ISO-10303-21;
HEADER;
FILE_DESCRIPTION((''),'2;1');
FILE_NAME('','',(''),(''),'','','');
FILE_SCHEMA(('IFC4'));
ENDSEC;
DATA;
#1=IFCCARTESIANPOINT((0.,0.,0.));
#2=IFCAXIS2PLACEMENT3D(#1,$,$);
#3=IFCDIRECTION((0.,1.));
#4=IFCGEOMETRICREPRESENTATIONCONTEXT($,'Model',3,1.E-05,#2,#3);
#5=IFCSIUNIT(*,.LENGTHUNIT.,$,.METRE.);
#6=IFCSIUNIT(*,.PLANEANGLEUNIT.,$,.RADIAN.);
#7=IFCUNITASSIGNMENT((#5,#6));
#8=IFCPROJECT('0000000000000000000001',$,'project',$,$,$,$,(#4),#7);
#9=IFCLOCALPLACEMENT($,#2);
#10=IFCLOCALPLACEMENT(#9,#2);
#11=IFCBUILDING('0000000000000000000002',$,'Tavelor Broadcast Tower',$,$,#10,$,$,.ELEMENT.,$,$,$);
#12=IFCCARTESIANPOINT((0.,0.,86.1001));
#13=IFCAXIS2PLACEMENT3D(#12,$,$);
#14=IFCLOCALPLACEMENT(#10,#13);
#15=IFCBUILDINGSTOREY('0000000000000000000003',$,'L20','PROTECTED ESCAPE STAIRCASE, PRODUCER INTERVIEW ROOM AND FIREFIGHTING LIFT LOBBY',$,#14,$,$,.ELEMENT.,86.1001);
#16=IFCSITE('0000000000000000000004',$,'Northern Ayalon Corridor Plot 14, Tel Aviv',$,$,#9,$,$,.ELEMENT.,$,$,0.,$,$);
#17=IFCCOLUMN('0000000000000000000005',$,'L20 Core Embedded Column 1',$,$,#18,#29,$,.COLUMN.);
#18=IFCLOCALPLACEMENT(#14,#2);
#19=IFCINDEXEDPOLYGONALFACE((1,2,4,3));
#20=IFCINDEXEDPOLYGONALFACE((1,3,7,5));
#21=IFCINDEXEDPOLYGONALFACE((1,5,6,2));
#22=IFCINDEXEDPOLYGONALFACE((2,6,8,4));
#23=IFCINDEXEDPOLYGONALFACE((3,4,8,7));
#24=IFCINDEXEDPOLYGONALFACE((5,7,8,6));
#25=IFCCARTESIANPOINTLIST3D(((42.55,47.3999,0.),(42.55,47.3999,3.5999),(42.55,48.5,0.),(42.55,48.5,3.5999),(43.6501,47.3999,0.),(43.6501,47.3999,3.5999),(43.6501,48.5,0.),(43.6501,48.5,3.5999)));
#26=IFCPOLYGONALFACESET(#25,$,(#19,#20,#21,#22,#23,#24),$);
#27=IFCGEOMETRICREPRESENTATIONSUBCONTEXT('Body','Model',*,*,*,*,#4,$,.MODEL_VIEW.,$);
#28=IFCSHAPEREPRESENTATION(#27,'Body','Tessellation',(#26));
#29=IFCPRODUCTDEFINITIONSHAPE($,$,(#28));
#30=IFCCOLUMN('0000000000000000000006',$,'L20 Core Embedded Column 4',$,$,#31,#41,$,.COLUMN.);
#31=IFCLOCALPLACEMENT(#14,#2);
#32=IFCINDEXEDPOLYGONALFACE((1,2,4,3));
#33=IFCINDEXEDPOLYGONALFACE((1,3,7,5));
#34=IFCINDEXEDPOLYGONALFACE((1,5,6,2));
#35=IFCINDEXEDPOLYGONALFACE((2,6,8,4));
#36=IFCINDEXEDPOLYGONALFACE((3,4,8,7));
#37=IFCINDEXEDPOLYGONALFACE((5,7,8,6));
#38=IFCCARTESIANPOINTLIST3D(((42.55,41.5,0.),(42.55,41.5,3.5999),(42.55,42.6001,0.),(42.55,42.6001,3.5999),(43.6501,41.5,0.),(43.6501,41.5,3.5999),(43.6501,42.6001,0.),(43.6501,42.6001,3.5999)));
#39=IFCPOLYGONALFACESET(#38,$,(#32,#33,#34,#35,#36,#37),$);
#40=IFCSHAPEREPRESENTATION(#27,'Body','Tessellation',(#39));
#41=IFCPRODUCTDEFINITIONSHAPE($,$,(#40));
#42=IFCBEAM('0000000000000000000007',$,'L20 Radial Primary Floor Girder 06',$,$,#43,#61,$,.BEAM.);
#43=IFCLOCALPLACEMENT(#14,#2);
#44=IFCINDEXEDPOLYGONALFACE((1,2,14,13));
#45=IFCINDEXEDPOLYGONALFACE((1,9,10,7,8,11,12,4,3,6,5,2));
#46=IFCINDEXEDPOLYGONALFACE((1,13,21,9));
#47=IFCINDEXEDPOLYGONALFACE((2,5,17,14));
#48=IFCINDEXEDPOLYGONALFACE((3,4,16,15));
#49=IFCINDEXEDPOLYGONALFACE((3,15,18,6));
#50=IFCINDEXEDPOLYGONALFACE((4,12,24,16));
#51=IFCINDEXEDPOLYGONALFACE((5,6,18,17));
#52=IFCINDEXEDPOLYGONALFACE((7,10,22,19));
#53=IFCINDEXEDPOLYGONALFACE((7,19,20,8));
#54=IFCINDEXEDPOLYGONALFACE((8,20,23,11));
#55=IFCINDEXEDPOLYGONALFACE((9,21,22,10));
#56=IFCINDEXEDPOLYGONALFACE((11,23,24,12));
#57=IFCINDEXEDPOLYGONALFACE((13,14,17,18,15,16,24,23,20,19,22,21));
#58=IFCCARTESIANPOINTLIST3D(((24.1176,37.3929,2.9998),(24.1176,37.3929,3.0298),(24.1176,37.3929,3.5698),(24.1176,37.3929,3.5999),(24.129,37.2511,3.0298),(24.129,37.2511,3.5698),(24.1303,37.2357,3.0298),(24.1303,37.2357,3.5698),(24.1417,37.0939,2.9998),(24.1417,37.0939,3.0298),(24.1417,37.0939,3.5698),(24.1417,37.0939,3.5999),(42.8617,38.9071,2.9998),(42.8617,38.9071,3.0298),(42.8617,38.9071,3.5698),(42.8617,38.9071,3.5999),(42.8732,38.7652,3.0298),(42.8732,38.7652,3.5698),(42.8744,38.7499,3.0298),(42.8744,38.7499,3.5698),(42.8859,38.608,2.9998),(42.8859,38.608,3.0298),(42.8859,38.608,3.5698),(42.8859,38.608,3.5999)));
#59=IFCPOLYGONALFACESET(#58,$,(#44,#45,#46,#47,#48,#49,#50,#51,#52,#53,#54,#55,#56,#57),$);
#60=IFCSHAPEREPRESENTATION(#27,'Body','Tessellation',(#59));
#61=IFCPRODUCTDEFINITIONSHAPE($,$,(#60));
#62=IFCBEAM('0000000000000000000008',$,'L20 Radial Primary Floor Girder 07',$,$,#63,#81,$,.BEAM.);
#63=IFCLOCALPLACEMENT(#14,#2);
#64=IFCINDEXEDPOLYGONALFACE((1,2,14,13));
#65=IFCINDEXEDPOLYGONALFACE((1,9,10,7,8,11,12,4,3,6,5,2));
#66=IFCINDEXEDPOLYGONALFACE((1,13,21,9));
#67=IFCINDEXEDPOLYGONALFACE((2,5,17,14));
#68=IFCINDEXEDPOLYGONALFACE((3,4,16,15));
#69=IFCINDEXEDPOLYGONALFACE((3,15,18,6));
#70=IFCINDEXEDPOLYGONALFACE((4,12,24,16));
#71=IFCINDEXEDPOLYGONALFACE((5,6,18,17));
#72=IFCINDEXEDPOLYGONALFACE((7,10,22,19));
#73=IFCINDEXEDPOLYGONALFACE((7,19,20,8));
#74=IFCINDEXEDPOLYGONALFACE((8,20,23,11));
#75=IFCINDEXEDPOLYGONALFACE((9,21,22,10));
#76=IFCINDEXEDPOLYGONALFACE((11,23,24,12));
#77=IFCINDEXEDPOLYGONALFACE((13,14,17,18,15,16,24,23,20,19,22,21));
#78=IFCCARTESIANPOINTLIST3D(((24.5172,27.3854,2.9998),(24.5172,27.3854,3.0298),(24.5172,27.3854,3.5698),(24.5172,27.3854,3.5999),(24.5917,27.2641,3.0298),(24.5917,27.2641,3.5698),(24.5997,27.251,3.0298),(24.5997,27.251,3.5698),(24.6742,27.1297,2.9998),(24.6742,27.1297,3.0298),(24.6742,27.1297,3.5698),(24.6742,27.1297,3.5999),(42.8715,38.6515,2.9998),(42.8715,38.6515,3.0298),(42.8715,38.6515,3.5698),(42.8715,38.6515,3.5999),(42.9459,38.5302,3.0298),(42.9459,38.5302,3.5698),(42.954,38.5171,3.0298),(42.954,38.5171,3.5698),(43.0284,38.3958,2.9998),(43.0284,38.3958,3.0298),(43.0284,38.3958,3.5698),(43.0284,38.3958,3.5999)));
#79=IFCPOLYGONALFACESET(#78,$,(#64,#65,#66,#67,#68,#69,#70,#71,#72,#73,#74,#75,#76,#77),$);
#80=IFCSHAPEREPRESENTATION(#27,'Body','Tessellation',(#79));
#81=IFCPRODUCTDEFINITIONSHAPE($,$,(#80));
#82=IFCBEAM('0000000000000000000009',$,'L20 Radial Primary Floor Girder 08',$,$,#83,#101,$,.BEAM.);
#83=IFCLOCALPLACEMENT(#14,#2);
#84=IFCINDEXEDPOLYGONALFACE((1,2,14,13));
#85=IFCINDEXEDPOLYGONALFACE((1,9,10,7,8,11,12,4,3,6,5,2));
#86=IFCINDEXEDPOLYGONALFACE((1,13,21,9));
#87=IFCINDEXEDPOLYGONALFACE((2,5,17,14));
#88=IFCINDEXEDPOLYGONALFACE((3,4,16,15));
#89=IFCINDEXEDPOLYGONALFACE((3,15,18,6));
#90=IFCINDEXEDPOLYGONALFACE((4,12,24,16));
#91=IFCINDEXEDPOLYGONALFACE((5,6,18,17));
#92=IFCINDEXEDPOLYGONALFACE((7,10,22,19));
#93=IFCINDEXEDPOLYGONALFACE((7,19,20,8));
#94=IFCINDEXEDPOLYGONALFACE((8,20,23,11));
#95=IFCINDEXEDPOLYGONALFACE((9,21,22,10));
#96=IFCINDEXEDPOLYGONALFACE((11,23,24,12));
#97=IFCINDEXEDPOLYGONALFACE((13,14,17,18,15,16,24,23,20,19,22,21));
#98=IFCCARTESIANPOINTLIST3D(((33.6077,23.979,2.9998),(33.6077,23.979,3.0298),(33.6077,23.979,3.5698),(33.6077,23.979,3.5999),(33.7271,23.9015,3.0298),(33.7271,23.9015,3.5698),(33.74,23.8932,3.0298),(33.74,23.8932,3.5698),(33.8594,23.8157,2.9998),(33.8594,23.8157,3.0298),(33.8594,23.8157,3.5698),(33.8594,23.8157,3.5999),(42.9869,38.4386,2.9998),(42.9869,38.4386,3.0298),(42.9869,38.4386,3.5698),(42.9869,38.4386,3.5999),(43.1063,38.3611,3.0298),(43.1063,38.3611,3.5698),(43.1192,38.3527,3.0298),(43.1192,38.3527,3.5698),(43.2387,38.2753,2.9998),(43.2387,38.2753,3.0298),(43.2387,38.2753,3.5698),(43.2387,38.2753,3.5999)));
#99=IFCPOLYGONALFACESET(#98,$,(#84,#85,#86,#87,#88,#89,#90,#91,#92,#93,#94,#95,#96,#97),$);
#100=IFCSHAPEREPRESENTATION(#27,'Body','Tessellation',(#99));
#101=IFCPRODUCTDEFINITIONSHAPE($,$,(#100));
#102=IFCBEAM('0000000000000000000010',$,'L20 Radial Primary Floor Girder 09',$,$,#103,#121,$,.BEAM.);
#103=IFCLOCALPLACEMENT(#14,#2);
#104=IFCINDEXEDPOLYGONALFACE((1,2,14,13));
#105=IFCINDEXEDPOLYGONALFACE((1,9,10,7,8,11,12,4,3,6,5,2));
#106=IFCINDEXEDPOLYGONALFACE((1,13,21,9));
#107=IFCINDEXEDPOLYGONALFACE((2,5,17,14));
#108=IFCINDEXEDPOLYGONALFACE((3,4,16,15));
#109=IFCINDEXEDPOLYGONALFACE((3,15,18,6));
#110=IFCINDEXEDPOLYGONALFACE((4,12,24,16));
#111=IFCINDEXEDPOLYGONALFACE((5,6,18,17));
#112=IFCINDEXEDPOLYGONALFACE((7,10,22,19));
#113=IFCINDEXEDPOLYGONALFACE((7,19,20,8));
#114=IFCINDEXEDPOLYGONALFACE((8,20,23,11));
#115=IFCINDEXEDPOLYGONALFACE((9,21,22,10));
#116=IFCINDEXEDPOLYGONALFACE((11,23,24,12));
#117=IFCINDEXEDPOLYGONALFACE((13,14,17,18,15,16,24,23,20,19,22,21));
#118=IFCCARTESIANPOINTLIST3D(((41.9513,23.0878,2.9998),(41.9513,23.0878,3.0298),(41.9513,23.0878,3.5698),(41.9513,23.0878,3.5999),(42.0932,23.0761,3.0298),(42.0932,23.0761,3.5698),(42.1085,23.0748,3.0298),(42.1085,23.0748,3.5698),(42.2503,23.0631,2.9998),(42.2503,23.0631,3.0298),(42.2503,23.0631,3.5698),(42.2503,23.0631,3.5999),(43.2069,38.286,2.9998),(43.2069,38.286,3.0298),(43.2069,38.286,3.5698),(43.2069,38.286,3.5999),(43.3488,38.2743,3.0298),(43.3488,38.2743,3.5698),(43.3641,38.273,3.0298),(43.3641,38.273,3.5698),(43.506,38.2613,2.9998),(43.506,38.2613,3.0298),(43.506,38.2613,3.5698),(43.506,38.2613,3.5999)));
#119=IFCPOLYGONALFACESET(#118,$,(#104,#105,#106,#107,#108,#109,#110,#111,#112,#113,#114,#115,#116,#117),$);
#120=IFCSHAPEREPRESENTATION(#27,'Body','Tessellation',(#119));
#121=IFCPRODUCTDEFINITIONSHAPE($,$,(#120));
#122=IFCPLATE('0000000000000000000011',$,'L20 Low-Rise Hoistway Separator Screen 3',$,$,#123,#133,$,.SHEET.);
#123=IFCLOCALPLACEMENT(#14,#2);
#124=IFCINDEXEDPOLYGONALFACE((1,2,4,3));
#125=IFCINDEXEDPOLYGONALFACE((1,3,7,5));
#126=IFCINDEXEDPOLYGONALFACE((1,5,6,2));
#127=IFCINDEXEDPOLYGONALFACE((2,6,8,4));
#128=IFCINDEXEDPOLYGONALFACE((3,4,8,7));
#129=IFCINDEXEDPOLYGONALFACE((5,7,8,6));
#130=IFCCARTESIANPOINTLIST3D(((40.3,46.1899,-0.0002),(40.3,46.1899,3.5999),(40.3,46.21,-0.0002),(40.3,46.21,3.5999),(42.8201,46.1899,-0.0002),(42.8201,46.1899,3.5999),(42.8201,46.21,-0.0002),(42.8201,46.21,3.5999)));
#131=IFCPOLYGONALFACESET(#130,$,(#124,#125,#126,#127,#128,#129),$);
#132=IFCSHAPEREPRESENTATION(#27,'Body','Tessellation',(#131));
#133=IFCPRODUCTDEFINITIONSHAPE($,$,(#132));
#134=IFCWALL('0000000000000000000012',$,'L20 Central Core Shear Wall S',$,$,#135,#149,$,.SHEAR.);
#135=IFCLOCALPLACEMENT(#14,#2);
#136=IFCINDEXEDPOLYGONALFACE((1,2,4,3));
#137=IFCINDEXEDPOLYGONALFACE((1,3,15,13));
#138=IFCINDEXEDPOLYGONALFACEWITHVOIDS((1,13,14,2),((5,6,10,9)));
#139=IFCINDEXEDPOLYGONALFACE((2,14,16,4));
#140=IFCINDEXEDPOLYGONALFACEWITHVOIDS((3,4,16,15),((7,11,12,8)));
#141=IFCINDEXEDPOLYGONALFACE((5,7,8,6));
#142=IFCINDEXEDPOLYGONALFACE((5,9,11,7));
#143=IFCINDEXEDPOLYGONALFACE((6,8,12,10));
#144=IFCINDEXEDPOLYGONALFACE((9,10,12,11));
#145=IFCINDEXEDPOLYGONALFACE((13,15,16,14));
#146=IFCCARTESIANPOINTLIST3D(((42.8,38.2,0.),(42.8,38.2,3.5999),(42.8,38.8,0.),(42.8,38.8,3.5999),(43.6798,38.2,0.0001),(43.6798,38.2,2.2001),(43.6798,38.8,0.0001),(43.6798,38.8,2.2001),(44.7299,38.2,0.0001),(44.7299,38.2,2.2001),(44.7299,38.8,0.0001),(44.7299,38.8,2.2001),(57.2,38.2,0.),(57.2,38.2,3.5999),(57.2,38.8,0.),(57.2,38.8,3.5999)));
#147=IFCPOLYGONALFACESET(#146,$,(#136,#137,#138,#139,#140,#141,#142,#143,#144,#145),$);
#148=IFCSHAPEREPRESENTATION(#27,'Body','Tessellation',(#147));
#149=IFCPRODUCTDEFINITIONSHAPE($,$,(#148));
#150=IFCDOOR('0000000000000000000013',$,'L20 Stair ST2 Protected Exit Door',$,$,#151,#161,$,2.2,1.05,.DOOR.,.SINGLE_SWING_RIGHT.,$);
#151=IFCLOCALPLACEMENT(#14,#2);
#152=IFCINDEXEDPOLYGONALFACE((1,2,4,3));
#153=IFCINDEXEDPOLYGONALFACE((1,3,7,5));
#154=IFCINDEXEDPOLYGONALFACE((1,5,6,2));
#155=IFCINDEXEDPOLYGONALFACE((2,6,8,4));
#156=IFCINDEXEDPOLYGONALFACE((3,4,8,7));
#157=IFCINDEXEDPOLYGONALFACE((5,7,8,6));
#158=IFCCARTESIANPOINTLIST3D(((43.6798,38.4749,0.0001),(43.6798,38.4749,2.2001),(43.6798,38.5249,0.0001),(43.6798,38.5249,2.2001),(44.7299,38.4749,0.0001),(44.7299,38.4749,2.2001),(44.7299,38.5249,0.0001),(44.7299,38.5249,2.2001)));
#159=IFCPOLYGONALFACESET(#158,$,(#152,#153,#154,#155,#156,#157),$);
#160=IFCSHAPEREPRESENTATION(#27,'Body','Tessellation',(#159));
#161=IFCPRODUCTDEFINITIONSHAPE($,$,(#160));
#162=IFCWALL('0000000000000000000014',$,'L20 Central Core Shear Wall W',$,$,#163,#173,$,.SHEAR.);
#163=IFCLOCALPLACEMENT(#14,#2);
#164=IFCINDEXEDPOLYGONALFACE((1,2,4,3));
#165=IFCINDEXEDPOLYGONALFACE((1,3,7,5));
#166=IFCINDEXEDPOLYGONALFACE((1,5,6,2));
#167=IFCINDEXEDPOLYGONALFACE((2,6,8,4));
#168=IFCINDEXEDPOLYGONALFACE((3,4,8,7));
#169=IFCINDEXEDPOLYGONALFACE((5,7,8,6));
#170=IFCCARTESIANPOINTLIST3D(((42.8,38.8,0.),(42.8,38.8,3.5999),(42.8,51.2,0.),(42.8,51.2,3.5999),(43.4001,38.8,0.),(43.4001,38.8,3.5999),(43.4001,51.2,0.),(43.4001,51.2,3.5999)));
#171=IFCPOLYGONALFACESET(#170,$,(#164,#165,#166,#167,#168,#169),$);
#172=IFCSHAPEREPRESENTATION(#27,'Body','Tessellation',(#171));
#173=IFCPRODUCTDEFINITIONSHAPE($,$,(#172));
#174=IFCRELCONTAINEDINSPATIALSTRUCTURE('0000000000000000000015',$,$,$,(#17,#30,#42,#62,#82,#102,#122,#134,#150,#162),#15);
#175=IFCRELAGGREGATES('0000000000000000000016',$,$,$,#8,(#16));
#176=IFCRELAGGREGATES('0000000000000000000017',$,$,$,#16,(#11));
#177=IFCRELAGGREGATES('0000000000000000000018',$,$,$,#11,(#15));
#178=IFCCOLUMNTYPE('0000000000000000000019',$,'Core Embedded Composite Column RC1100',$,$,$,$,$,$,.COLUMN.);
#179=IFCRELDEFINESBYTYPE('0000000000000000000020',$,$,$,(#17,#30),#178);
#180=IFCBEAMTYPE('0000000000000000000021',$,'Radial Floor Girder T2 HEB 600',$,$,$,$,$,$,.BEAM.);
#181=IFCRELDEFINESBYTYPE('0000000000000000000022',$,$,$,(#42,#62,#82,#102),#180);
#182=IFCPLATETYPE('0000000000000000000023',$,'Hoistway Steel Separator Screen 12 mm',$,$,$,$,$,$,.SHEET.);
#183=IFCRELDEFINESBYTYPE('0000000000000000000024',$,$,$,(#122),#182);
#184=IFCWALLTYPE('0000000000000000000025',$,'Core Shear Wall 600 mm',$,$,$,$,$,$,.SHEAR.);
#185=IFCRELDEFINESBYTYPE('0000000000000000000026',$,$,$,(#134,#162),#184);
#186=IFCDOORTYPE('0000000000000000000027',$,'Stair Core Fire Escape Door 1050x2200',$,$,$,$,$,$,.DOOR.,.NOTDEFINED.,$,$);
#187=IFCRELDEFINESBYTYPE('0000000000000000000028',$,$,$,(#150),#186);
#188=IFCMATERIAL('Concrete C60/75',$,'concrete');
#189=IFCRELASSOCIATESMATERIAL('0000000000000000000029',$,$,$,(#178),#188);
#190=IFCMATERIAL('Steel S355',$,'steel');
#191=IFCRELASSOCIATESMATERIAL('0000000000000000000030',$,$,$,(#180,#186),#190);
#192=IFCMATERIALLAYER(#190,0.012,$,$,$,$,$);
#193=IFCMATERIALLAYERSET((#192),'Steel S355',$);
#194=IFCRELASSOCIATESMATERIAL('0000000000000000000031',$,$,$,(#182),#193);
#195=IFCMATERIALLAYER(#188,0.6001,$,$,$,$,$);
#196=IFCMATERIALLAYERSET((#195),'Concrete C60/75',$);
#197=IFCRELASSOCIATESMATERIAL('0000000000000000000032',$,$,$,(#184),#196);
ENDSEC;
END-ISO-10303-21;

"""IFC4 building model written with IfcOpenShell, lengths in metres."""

from ifc_helpers import new_model, si_unit, direction, frame, frame_2d, origin, origin_2d, place, context, subcontext, project, spatial, rectangle, i_section, extrude, source, transform, mapped, material, layer, layer_set, material_profile, profile_set, type_object, type_shapes, element, fill, save


model = new_model("IFC4")

# Units and contexts
model_context = context("Model", 3, precision=1e-05, world=origin(), true_north=direction((0.0, 1.0)))
body_context = subcontext(model_context, "Body", "Model", "MODEL_VIEW")
ifc_project = project(units=[si_unit("LENGTHUNIT", "METRE"), si_unit("PLANEANGLEUNIT", "RADIAN")], contexts=[model_context])

# Site, building, storey
site_placement = place(None, origin())
site = spatial("IfcSite", under=ifc_project, at=site_placement, Name="Northern Ayalon Corridor Plot 14, Tel Aviv", CompositionType="ELEMENT", RefElevation=0.0)
building_placement = place(site_placement, origin())
building = spatial("IfcBuilding", under=site, at=building_placement, Name="Tavelor Broadcast Tower", CompositionType="ELEMENT")
storey_placement = place(building_placement, frame((0.0, 0.0, 86.1001)))
storey = spatial("IfcBuildingStorey", under=building, at=storey_placement, Name="L20", Description="PROTECTED ESCAPE STAIRCASE, PRODUCER INTERVIEW ROOM AND FIREFIGHTING LIFT LOBBY", CompositionType="ELEMENT", Elevation=86.1001)

# Columns
ifc_material_1 = material(Name="Concrete C60/75", Category="concrete")
ifc_material_profile_1 = material_profile(ifc_material_1, rectangle(XDim=1.1001, YDim=1.1001, at=origin_2d()), Name="RC 1100x1100")
ifc_profile_set_1 = profile_set([ifc_material_profile_1], Name="Concrete C60/75")
column_type = type_object("IfcColumnType", Name="Core Embedded Composite Column RC1100", PredefinedType="COLUMN", material=ifc_profile_set_1)
for number, where, z_axis, x_axis, name in (
    (1, (43.1001, 47.95, 0.0), (0.0, 0.0, 1.0), (1.0, 0.0, 0.0), "L20 Core Embedded Column 1"),
    (2, (43.1001, 42.05, 0.0), (0.0, 0.0, 1.0), (1.0, 0.0, 0.0), "L20 Core Embedded Column 4"),
):
    element("IfcColumn", number, at=place(storey_placement, frame(where, z_axis=z_axis, x_axis=x_axis)), inside=storey, type_object=column_type, Name=name, PredefinedType="COLUMN", context=body_context, shape_type="SweptSolid", body=[
        extrude(rectangle(XDim=1.1001, YDim=1.1001, at=origin_2d()), origin(), (0.0, 0.0, 1.0), 3.5999),
    ])

# Beams
ifc_material_2 = material(Name="Steel S355", Category="steel")
ifc_material_profile_2 = material_profile(ifc_material_2, i_section(OverallWidth=0.3, OverallDepth=0.6001, WebThickness=0.0154, FlangeThickness=0.03, at=origin_2d()), Name="HEB 600")
ifc_profile_set_2 = profile_set([ifc_material_profile_2], Name="Steel S355")
beam_type = type_object("IfcBeamType", Name="Radial Floor Girder T2 HEB 600", PredefinedType="BEAM", material=ifc_profile_set_2)
beam_1_placement = place(storey_placement, frame((42.8738, 38.7576, 3.2998), z_axis=(-0.996753, -0.080518, 0.0), x_axis=(0.080518, -0.996753, 0.0)))
element("IfcBeam", 3, at=beam_1_placement, inside=storey, type_object=beam_type, Name="L20 Radial Primary Floor Girder 06", PredefinedType="BEAM", context=body_context, shape_type="SweptSolid", body=[
    extrude(i_section(OverallWidth=0.3, OverallDepth=0.6001, WebThickness=0.0154, FlangeThickness=0.03, at=origin_2d()), origin(), (0.0, 0.0, 1.0), 18.8052),
])
beam_2_placement = place(storey_placement, frame((42.95, 38.5237, 3.2998), z_axis=(-0.852255, -0.523127, 0.0), x_axis=(0.523127, -0.852255, 0.0)))
element("IfcBeam", 4, at=beam_2_placement, inside=storey, type_object=beam_type, Name="L20 Radial Primary Floor Girder 07", PredefinedType="BEAM", context=body_context, shape_type="SweptSolid", body=[
    extrude(i_section(OverallWidth=0.3, OverallDepth=0.6001, WebThickness=0.0154, FlangeThickness=0.03, at=origin_2d()), origin(), (0.0, 0.0, 1.0), 21.5361),
])
beam_3_placement = place(storey_placement, frame((43.1128, 38.3569, 3.2998), z_axis=(-0.544192, -0.83896, 0.0), x_axis=(0.83896, -0.544192, 0.0)))
element("IfcBeam", 5, at=beam_3_placement, inside=storey, type_object=beam_type, Name="L20 Radial Primary Floor Girder 08", PredefinedType="BEAM", context=body_context, shape_type="SweptSolid", body=[
    extrude(i_section(OverallWidth=0.3, OverallDepth=0.6001, WebThickness=0.0154, FlangeThickness=0.03, at=origin_2d()), origin(), (0.0, 0.0, 1.0), 17.2351),
])
beam_4_placement = place(storey_placement, frame((43.3564, 38.2737, 3.2998), z_axis=(-0.082335, -0.996605, 0.0), x_axis=(0.996605, -0.082335, 0.0)))
element("IfcBeam", 6, at=beam_4_placement, inside=storey, type_object=beam_type, Name="L20 Radial Primary Floor Girder 09", PredefinedType="BEAM", context=body_context, shape_type="SweptSolid", body=[
    extrude(i_section(OverallWidth=0.3, OverallDepth=0.6001, WebThickness=0.0154, FlangeThickness=0.03, at=origin_2d()), origin(), (0.0, 0.0, 1.0), 15.25),
])

# Plate
ifc_layer_1 = layer(ifc_material_2, 0.012)
ifc_layer_set_1 = layer_set([ifc_layer_1], Name="Steel S355")
plate_type = type_object("IfcPlateType", Name="Hoistway Steel Separator Screen 12 mm", PredefinedType="SHEET", material=ifc_layer_set_1)
shared_shape = source(origin(), body_context, "Body", "SweptSolid", [
    extrude(rectangle(XDim=2.52, YDim=0.02, at=origin_2d()), origin(), (0.0, 0.0, 1.0), 3.6001),
])
type_shapes(plate_type, [shared_shape])
plate_placement = place(storey_placement, frame((41.5601, 46.2, -0.0002), z_axis=(0.0, 0.0, 1.0), x_axis=(1.0, 0.0, 0.0)))
element("IfcPlate", 7, at=plate_placement, inside=storey, type_object=plate_type, Name="L20 Low-Rise Hoistway Separator Screen 3", PredefinedType="SHEET", context=body_context, shape_type="MappedRepresentation", body=[
    mapped(shared_shape, transform((0.0, 0.0, 0.0), scale=1.0)),
])

# Wall, opening, door
ifc_layer_2 = layer(ifc_material_1, 0.6001)
ifc_layer_set_2 = layer_set([ifc_layer_2], Name="Concrete C60/75")
wall_type_1 = type_object("IfcWallType", Name="Core Shear Wall 600 mm", PredefinedType="SHEAR", material=ifc_layer_set_2)
wall_1_placement = place(storey_placement, frame((42.8, 38.5, 0.0), z_axis=(0.0, 0.0, 1.0), x_axis=(1.0, 0.0, 0.0)))
wall_1 = element("IfcWall", 8, at=wall_1_placement, inside=storey, type_object=wall_type_1, Name="L20 Central Core Shear Wall S", PredefinedType="SHEAR", context=body_context, shape_type="SweptSolid", body=[
    extrude(rectangle(XDim=14.3999, YDim=0.6001, at=frame_2d((7.2, 0.0))), origin(), (0.0, 0.0, 1.0), 3.5999),
])
opening_1_placement = place(wall_1_placement, frame((0.8799, 0.0, 0.0)))
opening_1 = element("IfcOpeningElement", 9, at=opening_1_placement, cuts=wall_1, PredefinedType="OPENING", context=body_context, shape_type="SweptSolid", body=[
    extrude(rectangle(XDim=1.05, YDim=2.2, at=frame_2d((0.5249, 1.1001))), frame((0.0, 0.3101, 0.0), z_axis=(0.0, -1.0, 0.0), x_axis=(1.0, 0.0, 0.0)), (0.0, 0.0, 1.0), 0.6201),
])
door_type_1 = type_object("IfcDoorType", Name="Stair Core Fire Escape Door 1050x2200", OperationType="NOTDEFINED", PredefinedType="DOOR", material=ifc_material_2)
door_1_placement = place(opening_1_placement, origin())
door_1 = element("IfcDoor", 10, at=door_1_placement, inside=storey, type_object=door_type_1, Name="L20 Stair ST2 Protected Exit Door", OperationType="SINGLE_SWING_RIGHT", OverallHeight=2.2, OverallWidth=1.05, PredefinedType="DOOR", context=body_context, shape_type="SweptSolid", body=[
    extrude(rectangle(XDim=1.05, YDim=2.2, at=frame_2d((0.5249, 1.1001))), frame((0.0, 0.0249, 0.0), z_axis=(0.0, -1.0, 0.0), x_axis=(1.0, 0.0, 0.0)), (0.0, 0.0, 1.0), 0.05),
])
fill(opening_1, door_1)

# Wall
wall_2_placement = place(storey_placement, frame((43.1001, 38.8, 0.0), z_axis=(0.0, 0.0, 1.0), x_axis=(0.0, 1.0, 0.0)))
element("IfcWall", 11, at=wall_2_placement, inside=storey, type_object=wall_type_1, Name="L20 Central Core Shear Wall W", PredefinedType="SHEAR", context=body_context, shape_type="SweptSolid", body=[
    extrude(rectangle(XDim=12.3999, YDim=0.6001, at=frame_2d((6.2, 0.0))), origin(), (0.0, 0.0, 1.0), 3.5999),
])

save(model, "model.ifc")
